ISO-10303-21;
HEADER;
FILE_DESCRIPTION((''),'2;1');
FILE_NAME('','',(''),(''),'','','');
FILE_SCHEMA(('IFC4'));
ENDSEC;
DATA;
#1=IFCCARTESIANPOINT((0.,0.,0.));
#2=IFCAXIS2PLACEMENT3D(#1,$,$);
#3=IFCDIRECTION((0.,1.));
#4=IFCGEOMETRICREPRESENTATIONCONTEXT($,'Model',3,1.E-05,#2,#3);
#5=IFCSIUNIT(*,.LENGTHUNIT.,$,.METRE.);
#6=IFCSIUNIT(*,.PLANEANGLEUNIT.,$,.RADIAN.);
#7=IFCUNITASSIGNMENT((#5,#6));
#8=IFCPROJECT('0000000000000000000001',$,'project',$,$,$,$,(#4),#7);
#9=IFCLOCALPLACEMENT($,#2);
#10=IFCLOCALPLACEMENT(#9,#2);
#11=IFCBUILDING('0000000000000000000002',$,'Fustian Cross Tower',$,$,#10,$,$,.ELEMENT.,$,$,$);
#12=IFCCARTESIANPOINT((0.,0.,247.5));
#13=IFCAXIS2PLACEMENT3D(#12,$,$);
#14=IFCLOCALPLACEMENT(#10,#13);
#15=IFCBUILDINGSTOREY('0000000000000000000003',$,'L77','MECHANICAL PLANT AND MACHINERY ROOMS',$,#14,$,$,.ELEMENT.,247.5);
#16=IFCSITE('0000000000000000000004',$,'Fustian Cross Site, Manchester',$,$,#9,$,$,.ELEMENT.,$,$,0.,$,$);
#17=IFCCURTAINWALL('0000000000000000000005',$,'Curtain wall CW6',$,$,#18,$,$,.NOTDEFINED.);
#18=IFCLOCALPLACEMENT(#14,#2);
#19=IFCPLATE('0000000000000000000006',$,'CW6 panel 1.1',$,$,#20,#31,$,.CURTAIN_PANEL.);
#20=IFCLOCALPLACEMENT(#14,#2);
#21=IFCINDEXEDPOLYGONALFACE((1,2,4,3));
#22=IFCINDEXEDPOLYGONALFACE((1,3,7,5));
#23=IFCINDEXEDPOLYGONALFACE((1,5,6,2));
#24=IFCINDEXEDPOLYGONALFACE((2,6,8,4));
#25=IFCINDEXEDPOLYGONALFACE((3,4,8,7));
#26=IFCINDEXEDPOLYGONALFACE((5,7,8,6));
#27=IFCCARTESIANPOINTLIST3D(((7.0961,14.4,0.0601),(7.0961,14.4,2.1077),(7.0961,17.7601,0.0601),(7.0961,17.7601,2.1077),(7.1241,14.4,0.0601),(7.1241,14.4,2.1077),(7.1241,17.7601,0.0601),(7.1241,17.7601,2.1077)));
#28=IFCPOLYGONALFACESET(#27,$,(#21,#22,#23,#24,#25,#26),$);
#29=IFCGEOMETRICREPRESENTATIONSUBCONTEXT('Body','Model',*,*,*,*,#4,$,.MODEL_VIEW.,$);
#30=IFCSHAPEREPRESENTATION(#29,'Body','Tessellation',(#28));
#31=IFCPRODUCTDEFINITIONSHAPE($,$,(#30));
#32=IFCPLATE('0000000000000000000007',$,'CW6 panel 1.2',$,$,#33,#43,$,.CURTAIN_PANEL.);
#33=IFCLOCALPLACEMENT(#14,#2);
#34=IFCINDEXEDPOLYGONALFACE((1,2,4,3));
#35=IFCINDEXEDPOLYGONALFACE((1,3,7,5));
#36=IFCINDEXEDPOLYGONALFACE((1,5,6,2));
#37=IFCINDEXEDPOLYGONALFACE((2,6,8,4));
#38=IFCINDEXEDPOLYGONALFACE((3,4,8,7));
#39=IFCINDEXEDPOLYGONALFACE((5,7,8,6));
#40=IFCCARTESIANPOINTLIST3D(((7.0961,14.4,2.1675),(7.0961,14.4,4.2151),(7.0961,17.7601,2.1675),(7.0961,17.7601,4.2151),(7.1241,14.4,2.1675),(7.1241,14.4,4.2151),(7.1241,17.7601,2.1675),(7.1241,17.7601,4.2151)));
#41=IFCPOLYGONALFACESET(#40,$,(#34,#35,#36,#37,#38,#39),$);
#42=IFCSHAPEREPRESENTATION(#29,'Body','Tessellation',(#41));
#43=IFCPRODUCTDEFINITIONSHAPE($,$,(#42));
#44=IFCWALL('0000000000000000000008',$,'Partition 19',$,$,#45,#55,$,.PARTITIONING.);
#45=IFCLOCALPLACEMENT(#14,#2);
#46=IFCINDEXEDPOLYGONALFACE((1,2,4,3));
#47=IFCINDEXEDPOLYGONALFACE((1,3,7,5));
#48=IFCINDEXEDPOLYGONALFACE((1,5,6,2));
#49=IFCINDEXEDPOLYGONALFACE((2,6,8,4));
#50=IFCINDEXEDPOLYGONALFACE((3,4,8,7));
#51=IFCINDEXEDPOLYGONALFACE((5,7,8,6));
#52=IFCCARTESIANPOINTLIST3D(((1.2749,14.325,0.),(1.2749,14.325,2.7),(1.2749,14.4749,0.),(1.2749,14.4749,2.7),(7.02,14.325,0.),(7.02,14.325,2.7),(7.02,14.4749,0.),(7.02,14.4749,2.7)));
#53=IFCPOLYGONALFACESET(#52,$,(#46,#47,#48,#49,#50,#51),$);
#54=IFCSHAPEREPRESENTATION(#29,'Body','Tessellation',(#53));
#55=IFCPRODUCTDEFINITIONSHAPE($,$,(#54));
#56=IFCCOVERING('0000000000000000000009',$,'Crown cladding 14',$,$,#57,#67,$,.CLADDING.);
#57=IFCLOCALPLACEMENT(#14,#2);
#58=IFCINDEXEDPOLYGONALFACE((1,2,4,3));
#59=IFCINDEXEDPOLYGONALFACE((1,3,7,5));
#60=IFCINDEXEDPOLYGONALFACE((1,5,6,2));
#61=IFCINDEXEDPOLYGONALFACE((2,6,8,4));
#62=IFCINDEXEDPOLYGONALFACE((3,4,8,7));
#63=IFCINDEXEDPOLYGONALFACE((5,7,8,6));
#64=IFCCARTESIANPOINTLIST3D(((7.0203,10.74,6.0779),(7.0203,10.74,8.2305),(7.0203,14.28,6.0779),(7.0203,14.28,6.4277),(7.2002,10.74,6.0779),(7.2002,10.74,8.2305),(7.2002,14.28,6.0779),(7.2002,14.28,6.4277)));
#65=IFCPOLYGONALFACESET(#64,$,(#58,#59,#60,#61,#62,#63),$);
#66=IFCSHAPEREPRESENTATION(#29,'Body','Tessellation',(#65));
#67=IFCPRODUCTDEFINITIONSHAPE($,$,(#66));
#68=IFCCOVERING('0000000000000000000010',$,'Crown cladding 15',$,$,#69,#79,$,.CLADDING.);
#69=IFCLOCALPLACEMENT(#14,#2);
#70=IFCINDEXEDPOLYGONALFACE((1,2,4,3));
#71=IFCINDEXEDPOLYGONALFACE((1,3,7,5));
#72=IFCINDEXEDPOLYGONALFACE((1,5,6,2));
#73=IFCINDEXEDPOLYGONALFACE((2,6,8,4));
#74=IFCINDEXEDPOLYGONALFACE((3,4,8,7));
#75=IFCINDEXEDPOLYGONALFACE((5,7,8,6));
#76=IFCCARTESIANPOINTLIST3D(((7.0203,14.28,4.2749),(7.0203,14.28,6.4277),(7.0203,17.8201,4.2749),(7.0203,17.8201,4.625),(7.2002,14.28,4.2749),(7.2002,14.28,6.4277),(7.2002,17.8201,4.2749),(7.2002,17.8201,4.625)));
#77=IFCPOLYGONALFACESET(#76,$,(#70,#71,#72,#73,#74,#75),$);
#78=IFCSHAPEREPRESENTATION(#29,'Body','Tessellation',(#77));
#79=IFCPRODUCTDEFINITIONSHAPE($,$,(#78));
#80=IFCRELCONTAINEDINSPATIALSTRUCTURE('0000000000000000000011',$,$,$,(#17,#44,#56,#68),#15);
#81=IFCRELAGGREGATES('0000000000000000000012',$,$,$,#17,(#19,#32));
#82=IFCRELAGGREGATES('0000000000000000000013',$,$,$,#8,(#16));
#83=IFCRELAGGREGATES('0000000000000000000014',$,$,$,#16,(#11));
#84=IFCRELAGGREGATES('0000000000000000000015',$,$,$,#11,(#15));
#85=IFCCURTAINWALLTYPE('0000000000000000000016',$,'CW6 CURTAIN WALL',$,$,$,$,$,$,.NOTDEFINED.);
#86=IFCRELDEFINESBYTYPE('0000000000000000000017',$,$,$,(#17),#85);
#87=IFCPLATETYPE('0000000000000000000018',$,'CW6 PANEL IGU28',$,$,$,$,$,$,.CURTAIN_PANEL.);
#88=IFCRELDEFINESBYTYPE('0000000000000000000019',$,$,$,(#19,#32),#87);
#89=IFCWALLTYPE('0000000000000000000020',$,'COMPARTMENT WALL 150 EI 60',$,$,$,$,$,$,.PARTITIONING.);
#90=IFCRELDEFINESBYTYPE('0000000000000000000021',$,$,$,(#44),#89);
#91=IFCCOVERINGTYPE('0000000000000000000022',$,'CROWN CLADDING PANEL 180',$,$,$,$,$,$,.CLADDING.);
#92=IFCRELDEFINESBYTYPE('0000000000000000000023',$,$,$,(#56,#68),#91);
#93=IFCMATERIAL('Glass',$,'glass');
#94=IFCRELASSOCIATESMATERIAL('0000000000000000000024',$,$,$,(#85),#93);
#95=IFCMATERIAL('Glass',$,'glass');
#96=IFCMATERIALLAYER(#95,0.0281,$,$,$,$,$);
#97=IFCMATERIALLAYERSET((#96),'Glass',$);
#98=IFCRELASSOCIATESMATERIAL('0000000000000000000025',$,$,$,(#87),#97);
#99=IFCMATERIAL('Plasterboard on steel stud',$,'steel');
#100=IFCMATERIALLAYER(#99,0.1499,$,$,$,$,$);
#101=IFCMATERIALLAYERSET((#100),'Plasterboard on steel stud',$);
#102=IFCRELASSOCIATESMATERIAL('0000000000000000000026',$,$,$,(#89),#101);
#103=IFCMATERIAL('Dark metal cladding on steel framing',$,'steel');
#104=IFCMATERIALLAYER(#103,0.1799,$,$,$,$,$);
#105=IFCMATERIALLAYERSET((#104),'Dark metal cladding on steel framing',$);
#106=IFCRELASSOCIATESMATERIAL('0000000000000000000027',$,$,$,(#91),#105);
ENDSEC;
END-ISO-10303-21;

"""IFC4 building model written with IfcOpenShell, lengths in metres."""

from ifc_helpers import new_model, si_unit, direction, frame, frame_2d, origin, origin_2d, place, context, subcontext, project, spatial, polyline, rectangle, outline, extrude, material, layer, layer_set, type_object, element, aggregate, save


model = new_model("IFC4")

# Units and contexts
model_context = context("Model", 3, precision=1e-05, world=origin(), true_north=direction((0.0, 1.0)))
body_context = subcontext(model_context, "Body", "Model", "MODEL_VIEW")
ifc_project = project(units=[si_unit("LENGTHUNIT", "METRE"), si_unit("PLANEANGLEUNIT", "RADIAN")], contexts=[model_context])

# Site, building, storey
site_placement = place(None, origin())
site = spatial("IfcSite", under=ifc_project, at=site_placement, Name="Fustian Cross Site, Manchester", CompositionType="ELEMENT", RefElevation=0.0)
building_placement = place(site_placement, origin())
building = spatial("IfcBuilding", under=site, at=building_placement, Name="Fustian Cross Tower", CompositionType="ELEMENT")
storey_placement = place(building_placement, frame((0.0, 0.0, 247.5)))
storey = spatial("IfcBuildingStorey", under=building, at=storey_placement, Name="L77", Description="MECHANICAL PLANT AND MACHINERY ROOMS", CompositionType="ELEMENT", Elevation=247.5)

# Shared definitions
ifc_material_1 = material(Name="Glass", Category="glass")
curtain_wall_type = type_object("IfcCurtainWallType", Name="CW6 CURTAIN WALL", PredefinedType="NOTDEFINED", material=ifc_material_1)

# Curtain wall
curtain_wall_1_placement = place(storey_placement, origin())
curtain_wall_1 = element("IfcCurtainWall", 1, at=curtain_wall_1_placement, inside=storey, type_object=curtain_wall_type, Name="Curtain wall CW6", PredefinedType="NOTDEFINED")

# Plates
ifc_material_2 = material(Name="Glass", Category="glass")
ifc_layer_1 = layer(ifc_material_2, 0.0281)
ifc_layer_set_1 = layer_set([ifc_layer_1], Name="Glass")
plate_type = type_object("IfcPlateType", Name="CW6 PANEL IGU28", PredefinedType="CURTAIN_PANEL", material=ifc_layer_set_1)
plate_1_placement = place(storey_placement, frame((7.1101, 16.0801, 0.0601), z_axis=(0.0, 0.0, 1.0), x_axis=(0.0, 1.0, 0.0)))
plate_1 = element("IfcPlate", 2, at=plate_1_placement, type_object=plate_type, Name="CW6 panel 1.1", PredefinedType="CURTAIN_PANEL", context=body_context, shape_type="SweptSolid", body=[
    extrude(rectangle(XDim=3.3601, YDim=0.0281, at=origin_2d()), origin(), (0.0, 0.0, 1.0), 2.0476),
])
plate_2_placement = place(storey_placement, frame((7.1101, 16.0801, 2.1675), z_axis=(0.0, 0.0, 1.0), x_axis=(0.0, 1.0, 0.0)))
plate_2 = element("IfcPlate", 3, at=plate_2_placement, type_object=plate_type, Name="CW6 panel 1.2", PredefinedType="CURTAIN_PANEL", context=body_context, shape_type="SweptSolid", body=[
    extrude(rectangle(XDim=3.3601, YDim=0.0281, at=origin_2d()), origin(), (0.0, 0.0, 1.0), 2.0476),
])
aggregate(curtain_wall_1, [plate_1, plate_2])

# Wall
ifc_material_3 = material(Name="Plasterboard on steel stud", Category="steel")
ifc_layer_2 = layer(ifc_material_3, 0.1499)
ifc_layer_set_2 = layer_set([ifc_layer_2], Name="Plasterboard on steel stud")
wall_type = type_object("IfcWallType", Name="COMPARTMENT WALL 150 EI 60", PredefinedType="PARTITIONING", material=ifc_layer_set_2)
wall_placement = place(storey_placement, frame((1.2749, 14.3999, 0.0), z_axis=(0.0, 0.0, 1.0), x_axis=(1.0, 0.0, 0.0)))
element("IfcWall", 4, at=wall_placement, inside=storey, type_object=wall_type, Name="Partition 19", PredefinedType="PARTITIONING", context=body_context, shape_type="SweptSolid", body=[
    extrude(rectangle(XDim=5.7451, YDim=0.1499, at=frame_2d((2.8726, 0.0))), origin(), (0.0, 0.0, 1.0), 2.7),
])

# Coverings
ifc_material_4 = material(Name="Dark metal cladding on steel framing", Category="steel")
ifc_layer_3 = layer(ifc_material_4, 0.1799)
ifc_layer_set_3 = layer_set([ifc_layer_3], Name="Dark metal cladding on steel framing")
covering_type = type_object("IfcCoveringType", Name="CROWN CLADDING PANEL 180", PredefinedType="CLADDING", material=ifc_layer_set_3)
covering_1_placement = place(storey_placement, frame((7.1101, 10.74, 6.0779), z_axis=(0.0, 0.0, 1.0), x_axis=(0.0, 1.0, 0.0)))
element("IfcCovering", 5, at=covering_1_placement, inside=storey, type_object=covering_type, Name="Crown cladding 14", PredefinedType="CLADDING", context=body_context, shape_type="SweptSolid", body=[
    extrude(outline(polyline([(0.0, 0.0), (3.54, 0.0), (3.54, 0.3499), (0.0, 2.1526), (0.0, 0.0)])), frame((0.0, 0.0898, 0.0), z_axis=(0.0, -1.0, 0.0), x_axis=(1.0, 0.0, 0.0)), (0.0, 0.0, 1.0), 0.1799),
])
covering_2_placement = place(storey_placement, frame((7.1101, 14.28, 4.2749), z_axis=(0.0, 0.0, 1.0), x_axis=(0.0, 1.0, 0.0)))
element("IfcCovering", 6, at=covering_2_placement, inside=storey, type_object=covering_type, Name="Crown cladding 15", PredefinedType="CLADDING", context=body_context, shape_type="SweptSolid", body=[
    extrude(outline(polyline([(0.0, 0.0), (3.54, 0.0), (3.54, 0.3501), (0.0, 2.1528), (0.0, 0.0)])), frame((0.0, 0.0898, 0.0), z_axis=(0.0, -1.0, 0.0), x_axis=(1.0, 0.0, 0.0)), (0.0, 0.0, 1.0), 0.1799),
])

save(model, "model.ifc")
